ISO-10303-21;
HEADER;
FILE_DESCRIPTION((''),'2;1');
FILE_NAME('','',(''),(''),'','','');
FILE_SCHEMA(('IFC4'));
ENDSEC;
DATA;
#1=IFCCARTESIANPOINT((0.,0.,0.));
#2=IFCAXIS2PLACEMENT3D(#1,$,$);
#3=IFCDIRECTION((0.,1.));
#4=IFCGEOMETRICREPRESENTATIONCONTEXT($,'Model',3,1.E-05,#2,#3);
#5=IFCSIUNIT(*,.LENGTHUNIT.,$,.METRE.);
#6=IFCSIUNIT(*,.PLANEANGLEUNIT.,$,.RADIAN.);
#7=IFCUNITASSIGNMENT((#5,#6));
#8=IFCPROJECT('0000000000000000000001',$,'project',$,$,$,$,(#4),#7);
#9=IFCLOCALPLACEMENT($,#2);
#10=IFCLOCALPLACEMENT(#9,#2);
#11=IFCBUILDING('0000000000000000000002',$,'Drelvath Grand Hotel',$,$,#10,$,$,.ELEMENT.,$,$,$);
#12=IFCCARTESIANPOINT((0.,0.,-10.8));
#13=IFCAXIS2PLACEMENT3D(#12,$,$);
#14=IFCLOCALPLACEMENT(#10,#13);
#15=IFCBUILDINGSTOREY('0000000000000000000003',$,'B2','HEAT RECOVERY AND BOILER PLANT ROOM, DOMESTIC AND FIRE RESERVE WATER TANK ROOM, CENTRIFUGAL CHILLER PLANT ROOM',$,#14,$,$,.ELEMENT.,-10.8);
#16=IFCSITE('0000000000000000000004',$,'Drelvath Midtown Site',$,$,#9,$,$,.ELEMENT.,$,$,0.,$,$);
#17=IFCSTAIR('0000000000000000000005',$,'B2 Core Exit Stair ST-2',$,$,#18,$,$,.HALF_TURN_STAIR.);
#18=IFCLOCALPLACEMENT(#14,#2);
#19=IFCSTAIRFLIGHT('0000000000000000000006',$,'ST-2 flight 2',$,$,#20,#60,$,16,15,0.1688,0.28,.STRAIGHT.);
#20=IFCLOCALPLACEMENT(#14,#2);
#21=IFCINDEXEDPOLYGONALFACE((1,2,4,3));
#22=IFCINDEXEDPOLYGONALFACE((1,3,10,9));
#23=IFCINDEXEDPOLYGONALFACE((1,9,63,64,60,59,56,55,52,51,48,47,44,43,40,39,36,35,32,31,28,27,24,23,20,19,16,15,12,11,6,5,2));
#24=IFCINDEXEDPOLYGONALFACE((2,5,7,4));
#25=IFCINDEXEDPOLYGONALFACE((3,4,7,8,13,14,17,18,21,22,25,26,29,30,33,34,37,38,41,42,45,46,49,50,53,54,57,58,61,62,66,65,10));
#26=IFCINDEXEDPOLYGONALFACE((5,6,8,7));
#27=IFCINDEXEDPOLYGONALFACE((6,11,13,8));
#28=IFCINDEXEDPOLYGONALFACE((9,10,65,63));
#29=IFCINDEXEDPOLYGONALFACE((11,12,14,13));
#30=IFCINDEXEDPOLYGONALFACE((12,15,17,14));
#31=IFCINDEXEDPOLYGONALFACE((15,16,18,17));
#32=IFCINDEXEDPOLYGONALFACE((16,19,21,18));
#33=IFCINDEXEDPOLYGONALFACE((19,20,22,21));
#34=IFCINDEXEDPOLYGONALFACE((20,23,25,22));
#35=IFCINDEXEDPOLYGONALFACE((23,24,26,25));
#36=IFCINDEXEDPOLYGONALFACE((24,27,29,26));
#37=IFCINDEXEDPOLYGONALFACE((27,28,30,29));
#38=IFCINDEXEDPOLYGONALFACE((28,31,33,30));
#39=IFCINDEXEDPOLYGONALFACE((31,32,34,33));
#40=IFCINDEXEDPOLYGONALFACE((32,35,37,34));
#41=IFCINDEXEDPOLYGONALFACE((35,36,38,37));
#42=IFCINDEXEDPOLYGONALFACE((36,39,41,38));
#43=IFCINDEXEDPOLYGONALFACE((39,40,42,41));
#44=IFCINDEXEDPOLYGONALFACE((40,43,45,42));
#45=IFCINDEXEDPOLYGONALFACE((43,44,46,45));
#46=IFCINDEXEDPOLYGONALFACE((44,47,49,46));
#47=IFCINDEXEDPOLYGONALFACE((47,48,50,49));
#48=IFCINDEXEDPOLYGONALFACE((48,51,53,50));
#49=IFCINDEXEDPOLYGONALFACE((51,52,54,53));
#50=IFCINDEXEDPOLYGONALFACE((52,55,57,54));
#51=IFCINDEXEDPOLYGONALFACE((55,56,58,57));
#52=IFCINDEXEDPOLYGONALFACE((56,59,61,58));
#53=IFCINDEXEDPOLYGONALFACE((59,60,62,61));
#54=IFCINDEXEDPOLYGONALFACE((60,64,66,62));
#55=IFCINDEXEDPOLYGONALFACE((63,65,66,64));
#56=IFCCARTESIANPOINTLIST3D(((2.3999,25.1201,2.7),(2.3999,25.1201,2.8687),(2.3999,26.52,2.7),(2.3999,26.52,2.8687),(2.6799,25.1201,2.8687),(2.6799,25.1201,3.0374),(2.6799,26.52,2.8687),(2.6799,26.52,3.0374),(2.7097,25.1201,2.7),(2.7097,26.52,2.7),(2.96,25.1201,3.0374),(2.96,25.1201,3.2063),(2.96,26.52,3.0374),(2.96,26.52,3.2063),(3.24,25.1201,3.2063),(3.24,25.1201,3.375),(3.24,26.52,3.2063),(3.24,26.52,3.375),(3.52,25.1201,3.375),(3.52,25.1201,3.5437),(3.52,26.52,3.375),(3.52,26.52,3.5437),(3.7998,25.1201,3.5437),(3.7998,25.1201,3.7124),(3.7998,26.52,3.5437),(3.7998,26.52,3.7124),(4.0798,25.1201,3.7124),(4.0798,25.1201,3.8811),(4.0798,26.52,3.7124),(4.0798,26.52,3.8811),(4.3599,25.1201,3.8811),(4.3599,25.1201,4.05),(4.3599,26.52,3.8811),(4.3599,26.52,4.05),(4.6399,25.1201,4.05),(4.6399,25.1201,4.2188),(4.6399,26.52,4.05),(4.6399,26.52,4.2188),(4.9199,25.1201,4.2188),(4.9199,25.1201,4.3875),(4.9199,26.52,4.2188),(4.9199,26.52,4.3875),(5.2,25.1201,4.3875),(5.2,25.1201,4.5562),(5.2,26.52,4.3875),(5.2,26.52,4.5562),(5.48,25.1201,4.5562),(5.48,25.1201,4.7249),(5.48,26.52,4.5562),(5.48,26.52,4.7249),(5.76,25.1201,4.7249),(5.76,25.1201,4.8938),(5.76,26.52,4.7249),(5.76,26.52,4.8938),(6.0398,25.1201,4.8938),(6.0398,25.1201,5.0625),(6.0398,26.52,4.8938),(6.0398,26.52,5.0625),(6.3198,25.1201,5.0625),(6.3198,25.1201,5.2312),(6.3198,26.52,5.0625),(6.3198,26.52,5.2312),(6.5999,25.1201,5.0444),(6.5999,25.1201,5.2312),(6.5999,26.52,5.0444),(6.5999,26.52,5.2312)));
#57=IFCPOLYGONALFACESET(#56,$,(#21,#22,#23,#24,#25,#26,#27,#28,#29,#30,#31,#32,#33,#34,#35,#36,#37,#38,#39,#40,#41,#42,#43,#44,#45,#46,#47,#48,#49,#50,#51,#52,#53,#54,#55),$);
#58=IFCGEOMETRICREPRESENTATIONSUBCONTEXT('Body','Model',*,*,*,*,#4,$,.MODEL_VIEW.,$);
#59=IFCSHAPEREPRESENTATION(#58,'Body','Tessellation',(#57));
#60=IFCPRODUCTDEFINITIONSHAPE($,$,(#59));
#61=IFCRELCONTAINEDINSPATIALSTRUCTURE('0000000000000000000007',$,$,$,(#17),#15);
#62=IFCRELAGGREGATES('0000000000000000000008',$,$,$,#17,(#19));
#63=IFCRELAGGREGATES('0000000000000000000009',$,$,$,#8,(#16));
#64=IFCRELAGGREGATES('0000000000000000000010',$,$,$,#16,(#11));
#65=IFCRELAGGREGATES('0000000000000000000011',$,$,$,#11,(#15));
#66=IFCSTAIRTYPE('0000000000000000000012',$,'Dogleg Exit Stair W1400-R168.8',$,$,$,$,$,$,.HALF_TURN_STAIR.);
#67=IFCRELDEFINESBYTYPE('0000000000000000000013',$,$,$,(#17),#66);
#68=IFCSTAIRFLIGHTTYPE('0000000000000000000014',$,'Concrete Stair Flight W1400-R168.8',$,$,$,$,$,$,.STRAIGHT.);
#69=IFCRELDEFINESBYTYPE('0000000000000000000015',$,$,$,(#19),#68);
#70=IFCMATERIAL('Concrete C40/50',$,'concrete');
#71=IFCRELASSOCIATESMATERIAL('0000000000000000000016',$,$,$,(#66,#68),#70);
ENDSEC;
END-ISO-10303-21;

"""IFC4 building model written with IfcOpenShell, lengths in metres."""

from ifc_helpers import new_model, si_unit, direction, frame, origin, place, context, subcontext, project, spatial, polyline, outline, extrude, material, type_object, element, aggregate, save


model = new_model("IFC4")

# Units and contexts
model_context = context("Model", 3, precision=1e-05, world=origin(), true_north=direction((0.0, 1.0)))
body_context = subcontext(model_context, "Body", "Model", "MODEL_VIEW")
ifc_project = project(units=[si_unit("LENGTHUNIT", "METRE"), si_unit("PLANEANGLEUNIT", "RADIAN")], contexts=[model_context])

# Site, building, storey
site_placement = place(None, origin())
site = spatial("IfcSite", under=ifc_project, at=site_placement, Name="Drelvath Midtown Site", CompositionType="ELEMENT", RefElevation=0.0)
building_placement = place(site_placement, origin())
building = spatial("IfcBuilding", under=site, at=building_placement, Name="Drelvath Grand Hotel", CompositionType="ELEMENT")
storey_placement = place(building_placement, frame((0.0, 0.0, -10.8)))
storey = spatial("IfcBuildingStorey", under=building, at=storey_placement, Name="B2", Description="HEAT RECOVERY AND BOILER PLANT ROOM, DOMESTIC AND FIRE RESERVE WATER TANK ROOM, CENTRIFUGAL CHILLER PLANT ROOM", CompositionType="ELEMENT", Elevation=-10.8)

# Stair, stair flight
ifc_material_1 = material(Name="Concrete C40/50", Category="concrete")
stair_type = type_object("IfcStairType", Name="Dogleg Exit Stair W1400-R168.8", PredefinedType="HALF_TURN_STAIR", material=ifc_material_1)
stair_placement = place(storey_placement, origin())
stair = element("IfcStair", 1, at=stair_placement, inside=storey, type_object=stair_type, Name="B2 Core Exit Stair ST-2", PredefinedType="HALF_TURN_STAIR")
stair_flight_type = type_object("IfcStairFlightType", Name="Concrete Stair Flight W1400-R168.8", PredefinedType="STRAIGHT", material=ifc_material_1)
stair_flight_placement = place(storey_placement, frame((2.3999, 25.8201, 2.7), z_axis=(0.0, 0.0, 1.0), x_axis=(1.0, 0.0, 0.0)))
stair_flight = element("IfcStairFlight", 2, at=stair_flight_placement, type_object=stair_flight_type, Name="ST-2 flight 2", NumberOfRisers=16, NumberOfTreads=15, PredefinedType="STRAIGHT", RiserHeight=0.1688, TreadLength=0.28, context=body_context, shape_type="SweptSolid", body=[
    extrude(outline(polyline([(0.0, 0.0), (0.0, 0.1687), (0.28, 0.1687), (0.28, 0.3374), (0.5601, 0.3374), (0.5601, 0.5063), (0.8401, 0.5063), (0.8401, 0.675), (1.1201, 0.675), (1.1201, 0.8438), (1.3999, 0.8438), (1.3999, 1.0125), (1.6799, 1.0125), (1.6799, 1.1812), (1.96, 1.1812), (1.96, 1.3501), (2.24, 1.3501), (2.24, 1.5188), (2.52, 1.5188), (2.52, 1.6875), (2.8, 1.6875), (2.8, 1.8562), (3.0801, 1.8562), (3.0801, 2.0249), (3.3601, 2.0249), (3.3601, 2.1938), (3.6399, 2.1938), (3.6399, 2.3625), (3.9199, 2.3625), (3.9199, 2.5312), (4.2, 2.5312), (4.2, 2.7), (4.2, 2.3445), (0.3098, 0.0), (0.0, 0.0)])), frame((0.0, 0.7, 0.0), z_axis=(0.0, -1.0, 0.0), x_axis=(1.0, 0.0, 0.0)), (0.0, 0.0, 1.0), 1.3999),
])
aggregate(stair, [stair_flight])

save(model, "model.ifc")
